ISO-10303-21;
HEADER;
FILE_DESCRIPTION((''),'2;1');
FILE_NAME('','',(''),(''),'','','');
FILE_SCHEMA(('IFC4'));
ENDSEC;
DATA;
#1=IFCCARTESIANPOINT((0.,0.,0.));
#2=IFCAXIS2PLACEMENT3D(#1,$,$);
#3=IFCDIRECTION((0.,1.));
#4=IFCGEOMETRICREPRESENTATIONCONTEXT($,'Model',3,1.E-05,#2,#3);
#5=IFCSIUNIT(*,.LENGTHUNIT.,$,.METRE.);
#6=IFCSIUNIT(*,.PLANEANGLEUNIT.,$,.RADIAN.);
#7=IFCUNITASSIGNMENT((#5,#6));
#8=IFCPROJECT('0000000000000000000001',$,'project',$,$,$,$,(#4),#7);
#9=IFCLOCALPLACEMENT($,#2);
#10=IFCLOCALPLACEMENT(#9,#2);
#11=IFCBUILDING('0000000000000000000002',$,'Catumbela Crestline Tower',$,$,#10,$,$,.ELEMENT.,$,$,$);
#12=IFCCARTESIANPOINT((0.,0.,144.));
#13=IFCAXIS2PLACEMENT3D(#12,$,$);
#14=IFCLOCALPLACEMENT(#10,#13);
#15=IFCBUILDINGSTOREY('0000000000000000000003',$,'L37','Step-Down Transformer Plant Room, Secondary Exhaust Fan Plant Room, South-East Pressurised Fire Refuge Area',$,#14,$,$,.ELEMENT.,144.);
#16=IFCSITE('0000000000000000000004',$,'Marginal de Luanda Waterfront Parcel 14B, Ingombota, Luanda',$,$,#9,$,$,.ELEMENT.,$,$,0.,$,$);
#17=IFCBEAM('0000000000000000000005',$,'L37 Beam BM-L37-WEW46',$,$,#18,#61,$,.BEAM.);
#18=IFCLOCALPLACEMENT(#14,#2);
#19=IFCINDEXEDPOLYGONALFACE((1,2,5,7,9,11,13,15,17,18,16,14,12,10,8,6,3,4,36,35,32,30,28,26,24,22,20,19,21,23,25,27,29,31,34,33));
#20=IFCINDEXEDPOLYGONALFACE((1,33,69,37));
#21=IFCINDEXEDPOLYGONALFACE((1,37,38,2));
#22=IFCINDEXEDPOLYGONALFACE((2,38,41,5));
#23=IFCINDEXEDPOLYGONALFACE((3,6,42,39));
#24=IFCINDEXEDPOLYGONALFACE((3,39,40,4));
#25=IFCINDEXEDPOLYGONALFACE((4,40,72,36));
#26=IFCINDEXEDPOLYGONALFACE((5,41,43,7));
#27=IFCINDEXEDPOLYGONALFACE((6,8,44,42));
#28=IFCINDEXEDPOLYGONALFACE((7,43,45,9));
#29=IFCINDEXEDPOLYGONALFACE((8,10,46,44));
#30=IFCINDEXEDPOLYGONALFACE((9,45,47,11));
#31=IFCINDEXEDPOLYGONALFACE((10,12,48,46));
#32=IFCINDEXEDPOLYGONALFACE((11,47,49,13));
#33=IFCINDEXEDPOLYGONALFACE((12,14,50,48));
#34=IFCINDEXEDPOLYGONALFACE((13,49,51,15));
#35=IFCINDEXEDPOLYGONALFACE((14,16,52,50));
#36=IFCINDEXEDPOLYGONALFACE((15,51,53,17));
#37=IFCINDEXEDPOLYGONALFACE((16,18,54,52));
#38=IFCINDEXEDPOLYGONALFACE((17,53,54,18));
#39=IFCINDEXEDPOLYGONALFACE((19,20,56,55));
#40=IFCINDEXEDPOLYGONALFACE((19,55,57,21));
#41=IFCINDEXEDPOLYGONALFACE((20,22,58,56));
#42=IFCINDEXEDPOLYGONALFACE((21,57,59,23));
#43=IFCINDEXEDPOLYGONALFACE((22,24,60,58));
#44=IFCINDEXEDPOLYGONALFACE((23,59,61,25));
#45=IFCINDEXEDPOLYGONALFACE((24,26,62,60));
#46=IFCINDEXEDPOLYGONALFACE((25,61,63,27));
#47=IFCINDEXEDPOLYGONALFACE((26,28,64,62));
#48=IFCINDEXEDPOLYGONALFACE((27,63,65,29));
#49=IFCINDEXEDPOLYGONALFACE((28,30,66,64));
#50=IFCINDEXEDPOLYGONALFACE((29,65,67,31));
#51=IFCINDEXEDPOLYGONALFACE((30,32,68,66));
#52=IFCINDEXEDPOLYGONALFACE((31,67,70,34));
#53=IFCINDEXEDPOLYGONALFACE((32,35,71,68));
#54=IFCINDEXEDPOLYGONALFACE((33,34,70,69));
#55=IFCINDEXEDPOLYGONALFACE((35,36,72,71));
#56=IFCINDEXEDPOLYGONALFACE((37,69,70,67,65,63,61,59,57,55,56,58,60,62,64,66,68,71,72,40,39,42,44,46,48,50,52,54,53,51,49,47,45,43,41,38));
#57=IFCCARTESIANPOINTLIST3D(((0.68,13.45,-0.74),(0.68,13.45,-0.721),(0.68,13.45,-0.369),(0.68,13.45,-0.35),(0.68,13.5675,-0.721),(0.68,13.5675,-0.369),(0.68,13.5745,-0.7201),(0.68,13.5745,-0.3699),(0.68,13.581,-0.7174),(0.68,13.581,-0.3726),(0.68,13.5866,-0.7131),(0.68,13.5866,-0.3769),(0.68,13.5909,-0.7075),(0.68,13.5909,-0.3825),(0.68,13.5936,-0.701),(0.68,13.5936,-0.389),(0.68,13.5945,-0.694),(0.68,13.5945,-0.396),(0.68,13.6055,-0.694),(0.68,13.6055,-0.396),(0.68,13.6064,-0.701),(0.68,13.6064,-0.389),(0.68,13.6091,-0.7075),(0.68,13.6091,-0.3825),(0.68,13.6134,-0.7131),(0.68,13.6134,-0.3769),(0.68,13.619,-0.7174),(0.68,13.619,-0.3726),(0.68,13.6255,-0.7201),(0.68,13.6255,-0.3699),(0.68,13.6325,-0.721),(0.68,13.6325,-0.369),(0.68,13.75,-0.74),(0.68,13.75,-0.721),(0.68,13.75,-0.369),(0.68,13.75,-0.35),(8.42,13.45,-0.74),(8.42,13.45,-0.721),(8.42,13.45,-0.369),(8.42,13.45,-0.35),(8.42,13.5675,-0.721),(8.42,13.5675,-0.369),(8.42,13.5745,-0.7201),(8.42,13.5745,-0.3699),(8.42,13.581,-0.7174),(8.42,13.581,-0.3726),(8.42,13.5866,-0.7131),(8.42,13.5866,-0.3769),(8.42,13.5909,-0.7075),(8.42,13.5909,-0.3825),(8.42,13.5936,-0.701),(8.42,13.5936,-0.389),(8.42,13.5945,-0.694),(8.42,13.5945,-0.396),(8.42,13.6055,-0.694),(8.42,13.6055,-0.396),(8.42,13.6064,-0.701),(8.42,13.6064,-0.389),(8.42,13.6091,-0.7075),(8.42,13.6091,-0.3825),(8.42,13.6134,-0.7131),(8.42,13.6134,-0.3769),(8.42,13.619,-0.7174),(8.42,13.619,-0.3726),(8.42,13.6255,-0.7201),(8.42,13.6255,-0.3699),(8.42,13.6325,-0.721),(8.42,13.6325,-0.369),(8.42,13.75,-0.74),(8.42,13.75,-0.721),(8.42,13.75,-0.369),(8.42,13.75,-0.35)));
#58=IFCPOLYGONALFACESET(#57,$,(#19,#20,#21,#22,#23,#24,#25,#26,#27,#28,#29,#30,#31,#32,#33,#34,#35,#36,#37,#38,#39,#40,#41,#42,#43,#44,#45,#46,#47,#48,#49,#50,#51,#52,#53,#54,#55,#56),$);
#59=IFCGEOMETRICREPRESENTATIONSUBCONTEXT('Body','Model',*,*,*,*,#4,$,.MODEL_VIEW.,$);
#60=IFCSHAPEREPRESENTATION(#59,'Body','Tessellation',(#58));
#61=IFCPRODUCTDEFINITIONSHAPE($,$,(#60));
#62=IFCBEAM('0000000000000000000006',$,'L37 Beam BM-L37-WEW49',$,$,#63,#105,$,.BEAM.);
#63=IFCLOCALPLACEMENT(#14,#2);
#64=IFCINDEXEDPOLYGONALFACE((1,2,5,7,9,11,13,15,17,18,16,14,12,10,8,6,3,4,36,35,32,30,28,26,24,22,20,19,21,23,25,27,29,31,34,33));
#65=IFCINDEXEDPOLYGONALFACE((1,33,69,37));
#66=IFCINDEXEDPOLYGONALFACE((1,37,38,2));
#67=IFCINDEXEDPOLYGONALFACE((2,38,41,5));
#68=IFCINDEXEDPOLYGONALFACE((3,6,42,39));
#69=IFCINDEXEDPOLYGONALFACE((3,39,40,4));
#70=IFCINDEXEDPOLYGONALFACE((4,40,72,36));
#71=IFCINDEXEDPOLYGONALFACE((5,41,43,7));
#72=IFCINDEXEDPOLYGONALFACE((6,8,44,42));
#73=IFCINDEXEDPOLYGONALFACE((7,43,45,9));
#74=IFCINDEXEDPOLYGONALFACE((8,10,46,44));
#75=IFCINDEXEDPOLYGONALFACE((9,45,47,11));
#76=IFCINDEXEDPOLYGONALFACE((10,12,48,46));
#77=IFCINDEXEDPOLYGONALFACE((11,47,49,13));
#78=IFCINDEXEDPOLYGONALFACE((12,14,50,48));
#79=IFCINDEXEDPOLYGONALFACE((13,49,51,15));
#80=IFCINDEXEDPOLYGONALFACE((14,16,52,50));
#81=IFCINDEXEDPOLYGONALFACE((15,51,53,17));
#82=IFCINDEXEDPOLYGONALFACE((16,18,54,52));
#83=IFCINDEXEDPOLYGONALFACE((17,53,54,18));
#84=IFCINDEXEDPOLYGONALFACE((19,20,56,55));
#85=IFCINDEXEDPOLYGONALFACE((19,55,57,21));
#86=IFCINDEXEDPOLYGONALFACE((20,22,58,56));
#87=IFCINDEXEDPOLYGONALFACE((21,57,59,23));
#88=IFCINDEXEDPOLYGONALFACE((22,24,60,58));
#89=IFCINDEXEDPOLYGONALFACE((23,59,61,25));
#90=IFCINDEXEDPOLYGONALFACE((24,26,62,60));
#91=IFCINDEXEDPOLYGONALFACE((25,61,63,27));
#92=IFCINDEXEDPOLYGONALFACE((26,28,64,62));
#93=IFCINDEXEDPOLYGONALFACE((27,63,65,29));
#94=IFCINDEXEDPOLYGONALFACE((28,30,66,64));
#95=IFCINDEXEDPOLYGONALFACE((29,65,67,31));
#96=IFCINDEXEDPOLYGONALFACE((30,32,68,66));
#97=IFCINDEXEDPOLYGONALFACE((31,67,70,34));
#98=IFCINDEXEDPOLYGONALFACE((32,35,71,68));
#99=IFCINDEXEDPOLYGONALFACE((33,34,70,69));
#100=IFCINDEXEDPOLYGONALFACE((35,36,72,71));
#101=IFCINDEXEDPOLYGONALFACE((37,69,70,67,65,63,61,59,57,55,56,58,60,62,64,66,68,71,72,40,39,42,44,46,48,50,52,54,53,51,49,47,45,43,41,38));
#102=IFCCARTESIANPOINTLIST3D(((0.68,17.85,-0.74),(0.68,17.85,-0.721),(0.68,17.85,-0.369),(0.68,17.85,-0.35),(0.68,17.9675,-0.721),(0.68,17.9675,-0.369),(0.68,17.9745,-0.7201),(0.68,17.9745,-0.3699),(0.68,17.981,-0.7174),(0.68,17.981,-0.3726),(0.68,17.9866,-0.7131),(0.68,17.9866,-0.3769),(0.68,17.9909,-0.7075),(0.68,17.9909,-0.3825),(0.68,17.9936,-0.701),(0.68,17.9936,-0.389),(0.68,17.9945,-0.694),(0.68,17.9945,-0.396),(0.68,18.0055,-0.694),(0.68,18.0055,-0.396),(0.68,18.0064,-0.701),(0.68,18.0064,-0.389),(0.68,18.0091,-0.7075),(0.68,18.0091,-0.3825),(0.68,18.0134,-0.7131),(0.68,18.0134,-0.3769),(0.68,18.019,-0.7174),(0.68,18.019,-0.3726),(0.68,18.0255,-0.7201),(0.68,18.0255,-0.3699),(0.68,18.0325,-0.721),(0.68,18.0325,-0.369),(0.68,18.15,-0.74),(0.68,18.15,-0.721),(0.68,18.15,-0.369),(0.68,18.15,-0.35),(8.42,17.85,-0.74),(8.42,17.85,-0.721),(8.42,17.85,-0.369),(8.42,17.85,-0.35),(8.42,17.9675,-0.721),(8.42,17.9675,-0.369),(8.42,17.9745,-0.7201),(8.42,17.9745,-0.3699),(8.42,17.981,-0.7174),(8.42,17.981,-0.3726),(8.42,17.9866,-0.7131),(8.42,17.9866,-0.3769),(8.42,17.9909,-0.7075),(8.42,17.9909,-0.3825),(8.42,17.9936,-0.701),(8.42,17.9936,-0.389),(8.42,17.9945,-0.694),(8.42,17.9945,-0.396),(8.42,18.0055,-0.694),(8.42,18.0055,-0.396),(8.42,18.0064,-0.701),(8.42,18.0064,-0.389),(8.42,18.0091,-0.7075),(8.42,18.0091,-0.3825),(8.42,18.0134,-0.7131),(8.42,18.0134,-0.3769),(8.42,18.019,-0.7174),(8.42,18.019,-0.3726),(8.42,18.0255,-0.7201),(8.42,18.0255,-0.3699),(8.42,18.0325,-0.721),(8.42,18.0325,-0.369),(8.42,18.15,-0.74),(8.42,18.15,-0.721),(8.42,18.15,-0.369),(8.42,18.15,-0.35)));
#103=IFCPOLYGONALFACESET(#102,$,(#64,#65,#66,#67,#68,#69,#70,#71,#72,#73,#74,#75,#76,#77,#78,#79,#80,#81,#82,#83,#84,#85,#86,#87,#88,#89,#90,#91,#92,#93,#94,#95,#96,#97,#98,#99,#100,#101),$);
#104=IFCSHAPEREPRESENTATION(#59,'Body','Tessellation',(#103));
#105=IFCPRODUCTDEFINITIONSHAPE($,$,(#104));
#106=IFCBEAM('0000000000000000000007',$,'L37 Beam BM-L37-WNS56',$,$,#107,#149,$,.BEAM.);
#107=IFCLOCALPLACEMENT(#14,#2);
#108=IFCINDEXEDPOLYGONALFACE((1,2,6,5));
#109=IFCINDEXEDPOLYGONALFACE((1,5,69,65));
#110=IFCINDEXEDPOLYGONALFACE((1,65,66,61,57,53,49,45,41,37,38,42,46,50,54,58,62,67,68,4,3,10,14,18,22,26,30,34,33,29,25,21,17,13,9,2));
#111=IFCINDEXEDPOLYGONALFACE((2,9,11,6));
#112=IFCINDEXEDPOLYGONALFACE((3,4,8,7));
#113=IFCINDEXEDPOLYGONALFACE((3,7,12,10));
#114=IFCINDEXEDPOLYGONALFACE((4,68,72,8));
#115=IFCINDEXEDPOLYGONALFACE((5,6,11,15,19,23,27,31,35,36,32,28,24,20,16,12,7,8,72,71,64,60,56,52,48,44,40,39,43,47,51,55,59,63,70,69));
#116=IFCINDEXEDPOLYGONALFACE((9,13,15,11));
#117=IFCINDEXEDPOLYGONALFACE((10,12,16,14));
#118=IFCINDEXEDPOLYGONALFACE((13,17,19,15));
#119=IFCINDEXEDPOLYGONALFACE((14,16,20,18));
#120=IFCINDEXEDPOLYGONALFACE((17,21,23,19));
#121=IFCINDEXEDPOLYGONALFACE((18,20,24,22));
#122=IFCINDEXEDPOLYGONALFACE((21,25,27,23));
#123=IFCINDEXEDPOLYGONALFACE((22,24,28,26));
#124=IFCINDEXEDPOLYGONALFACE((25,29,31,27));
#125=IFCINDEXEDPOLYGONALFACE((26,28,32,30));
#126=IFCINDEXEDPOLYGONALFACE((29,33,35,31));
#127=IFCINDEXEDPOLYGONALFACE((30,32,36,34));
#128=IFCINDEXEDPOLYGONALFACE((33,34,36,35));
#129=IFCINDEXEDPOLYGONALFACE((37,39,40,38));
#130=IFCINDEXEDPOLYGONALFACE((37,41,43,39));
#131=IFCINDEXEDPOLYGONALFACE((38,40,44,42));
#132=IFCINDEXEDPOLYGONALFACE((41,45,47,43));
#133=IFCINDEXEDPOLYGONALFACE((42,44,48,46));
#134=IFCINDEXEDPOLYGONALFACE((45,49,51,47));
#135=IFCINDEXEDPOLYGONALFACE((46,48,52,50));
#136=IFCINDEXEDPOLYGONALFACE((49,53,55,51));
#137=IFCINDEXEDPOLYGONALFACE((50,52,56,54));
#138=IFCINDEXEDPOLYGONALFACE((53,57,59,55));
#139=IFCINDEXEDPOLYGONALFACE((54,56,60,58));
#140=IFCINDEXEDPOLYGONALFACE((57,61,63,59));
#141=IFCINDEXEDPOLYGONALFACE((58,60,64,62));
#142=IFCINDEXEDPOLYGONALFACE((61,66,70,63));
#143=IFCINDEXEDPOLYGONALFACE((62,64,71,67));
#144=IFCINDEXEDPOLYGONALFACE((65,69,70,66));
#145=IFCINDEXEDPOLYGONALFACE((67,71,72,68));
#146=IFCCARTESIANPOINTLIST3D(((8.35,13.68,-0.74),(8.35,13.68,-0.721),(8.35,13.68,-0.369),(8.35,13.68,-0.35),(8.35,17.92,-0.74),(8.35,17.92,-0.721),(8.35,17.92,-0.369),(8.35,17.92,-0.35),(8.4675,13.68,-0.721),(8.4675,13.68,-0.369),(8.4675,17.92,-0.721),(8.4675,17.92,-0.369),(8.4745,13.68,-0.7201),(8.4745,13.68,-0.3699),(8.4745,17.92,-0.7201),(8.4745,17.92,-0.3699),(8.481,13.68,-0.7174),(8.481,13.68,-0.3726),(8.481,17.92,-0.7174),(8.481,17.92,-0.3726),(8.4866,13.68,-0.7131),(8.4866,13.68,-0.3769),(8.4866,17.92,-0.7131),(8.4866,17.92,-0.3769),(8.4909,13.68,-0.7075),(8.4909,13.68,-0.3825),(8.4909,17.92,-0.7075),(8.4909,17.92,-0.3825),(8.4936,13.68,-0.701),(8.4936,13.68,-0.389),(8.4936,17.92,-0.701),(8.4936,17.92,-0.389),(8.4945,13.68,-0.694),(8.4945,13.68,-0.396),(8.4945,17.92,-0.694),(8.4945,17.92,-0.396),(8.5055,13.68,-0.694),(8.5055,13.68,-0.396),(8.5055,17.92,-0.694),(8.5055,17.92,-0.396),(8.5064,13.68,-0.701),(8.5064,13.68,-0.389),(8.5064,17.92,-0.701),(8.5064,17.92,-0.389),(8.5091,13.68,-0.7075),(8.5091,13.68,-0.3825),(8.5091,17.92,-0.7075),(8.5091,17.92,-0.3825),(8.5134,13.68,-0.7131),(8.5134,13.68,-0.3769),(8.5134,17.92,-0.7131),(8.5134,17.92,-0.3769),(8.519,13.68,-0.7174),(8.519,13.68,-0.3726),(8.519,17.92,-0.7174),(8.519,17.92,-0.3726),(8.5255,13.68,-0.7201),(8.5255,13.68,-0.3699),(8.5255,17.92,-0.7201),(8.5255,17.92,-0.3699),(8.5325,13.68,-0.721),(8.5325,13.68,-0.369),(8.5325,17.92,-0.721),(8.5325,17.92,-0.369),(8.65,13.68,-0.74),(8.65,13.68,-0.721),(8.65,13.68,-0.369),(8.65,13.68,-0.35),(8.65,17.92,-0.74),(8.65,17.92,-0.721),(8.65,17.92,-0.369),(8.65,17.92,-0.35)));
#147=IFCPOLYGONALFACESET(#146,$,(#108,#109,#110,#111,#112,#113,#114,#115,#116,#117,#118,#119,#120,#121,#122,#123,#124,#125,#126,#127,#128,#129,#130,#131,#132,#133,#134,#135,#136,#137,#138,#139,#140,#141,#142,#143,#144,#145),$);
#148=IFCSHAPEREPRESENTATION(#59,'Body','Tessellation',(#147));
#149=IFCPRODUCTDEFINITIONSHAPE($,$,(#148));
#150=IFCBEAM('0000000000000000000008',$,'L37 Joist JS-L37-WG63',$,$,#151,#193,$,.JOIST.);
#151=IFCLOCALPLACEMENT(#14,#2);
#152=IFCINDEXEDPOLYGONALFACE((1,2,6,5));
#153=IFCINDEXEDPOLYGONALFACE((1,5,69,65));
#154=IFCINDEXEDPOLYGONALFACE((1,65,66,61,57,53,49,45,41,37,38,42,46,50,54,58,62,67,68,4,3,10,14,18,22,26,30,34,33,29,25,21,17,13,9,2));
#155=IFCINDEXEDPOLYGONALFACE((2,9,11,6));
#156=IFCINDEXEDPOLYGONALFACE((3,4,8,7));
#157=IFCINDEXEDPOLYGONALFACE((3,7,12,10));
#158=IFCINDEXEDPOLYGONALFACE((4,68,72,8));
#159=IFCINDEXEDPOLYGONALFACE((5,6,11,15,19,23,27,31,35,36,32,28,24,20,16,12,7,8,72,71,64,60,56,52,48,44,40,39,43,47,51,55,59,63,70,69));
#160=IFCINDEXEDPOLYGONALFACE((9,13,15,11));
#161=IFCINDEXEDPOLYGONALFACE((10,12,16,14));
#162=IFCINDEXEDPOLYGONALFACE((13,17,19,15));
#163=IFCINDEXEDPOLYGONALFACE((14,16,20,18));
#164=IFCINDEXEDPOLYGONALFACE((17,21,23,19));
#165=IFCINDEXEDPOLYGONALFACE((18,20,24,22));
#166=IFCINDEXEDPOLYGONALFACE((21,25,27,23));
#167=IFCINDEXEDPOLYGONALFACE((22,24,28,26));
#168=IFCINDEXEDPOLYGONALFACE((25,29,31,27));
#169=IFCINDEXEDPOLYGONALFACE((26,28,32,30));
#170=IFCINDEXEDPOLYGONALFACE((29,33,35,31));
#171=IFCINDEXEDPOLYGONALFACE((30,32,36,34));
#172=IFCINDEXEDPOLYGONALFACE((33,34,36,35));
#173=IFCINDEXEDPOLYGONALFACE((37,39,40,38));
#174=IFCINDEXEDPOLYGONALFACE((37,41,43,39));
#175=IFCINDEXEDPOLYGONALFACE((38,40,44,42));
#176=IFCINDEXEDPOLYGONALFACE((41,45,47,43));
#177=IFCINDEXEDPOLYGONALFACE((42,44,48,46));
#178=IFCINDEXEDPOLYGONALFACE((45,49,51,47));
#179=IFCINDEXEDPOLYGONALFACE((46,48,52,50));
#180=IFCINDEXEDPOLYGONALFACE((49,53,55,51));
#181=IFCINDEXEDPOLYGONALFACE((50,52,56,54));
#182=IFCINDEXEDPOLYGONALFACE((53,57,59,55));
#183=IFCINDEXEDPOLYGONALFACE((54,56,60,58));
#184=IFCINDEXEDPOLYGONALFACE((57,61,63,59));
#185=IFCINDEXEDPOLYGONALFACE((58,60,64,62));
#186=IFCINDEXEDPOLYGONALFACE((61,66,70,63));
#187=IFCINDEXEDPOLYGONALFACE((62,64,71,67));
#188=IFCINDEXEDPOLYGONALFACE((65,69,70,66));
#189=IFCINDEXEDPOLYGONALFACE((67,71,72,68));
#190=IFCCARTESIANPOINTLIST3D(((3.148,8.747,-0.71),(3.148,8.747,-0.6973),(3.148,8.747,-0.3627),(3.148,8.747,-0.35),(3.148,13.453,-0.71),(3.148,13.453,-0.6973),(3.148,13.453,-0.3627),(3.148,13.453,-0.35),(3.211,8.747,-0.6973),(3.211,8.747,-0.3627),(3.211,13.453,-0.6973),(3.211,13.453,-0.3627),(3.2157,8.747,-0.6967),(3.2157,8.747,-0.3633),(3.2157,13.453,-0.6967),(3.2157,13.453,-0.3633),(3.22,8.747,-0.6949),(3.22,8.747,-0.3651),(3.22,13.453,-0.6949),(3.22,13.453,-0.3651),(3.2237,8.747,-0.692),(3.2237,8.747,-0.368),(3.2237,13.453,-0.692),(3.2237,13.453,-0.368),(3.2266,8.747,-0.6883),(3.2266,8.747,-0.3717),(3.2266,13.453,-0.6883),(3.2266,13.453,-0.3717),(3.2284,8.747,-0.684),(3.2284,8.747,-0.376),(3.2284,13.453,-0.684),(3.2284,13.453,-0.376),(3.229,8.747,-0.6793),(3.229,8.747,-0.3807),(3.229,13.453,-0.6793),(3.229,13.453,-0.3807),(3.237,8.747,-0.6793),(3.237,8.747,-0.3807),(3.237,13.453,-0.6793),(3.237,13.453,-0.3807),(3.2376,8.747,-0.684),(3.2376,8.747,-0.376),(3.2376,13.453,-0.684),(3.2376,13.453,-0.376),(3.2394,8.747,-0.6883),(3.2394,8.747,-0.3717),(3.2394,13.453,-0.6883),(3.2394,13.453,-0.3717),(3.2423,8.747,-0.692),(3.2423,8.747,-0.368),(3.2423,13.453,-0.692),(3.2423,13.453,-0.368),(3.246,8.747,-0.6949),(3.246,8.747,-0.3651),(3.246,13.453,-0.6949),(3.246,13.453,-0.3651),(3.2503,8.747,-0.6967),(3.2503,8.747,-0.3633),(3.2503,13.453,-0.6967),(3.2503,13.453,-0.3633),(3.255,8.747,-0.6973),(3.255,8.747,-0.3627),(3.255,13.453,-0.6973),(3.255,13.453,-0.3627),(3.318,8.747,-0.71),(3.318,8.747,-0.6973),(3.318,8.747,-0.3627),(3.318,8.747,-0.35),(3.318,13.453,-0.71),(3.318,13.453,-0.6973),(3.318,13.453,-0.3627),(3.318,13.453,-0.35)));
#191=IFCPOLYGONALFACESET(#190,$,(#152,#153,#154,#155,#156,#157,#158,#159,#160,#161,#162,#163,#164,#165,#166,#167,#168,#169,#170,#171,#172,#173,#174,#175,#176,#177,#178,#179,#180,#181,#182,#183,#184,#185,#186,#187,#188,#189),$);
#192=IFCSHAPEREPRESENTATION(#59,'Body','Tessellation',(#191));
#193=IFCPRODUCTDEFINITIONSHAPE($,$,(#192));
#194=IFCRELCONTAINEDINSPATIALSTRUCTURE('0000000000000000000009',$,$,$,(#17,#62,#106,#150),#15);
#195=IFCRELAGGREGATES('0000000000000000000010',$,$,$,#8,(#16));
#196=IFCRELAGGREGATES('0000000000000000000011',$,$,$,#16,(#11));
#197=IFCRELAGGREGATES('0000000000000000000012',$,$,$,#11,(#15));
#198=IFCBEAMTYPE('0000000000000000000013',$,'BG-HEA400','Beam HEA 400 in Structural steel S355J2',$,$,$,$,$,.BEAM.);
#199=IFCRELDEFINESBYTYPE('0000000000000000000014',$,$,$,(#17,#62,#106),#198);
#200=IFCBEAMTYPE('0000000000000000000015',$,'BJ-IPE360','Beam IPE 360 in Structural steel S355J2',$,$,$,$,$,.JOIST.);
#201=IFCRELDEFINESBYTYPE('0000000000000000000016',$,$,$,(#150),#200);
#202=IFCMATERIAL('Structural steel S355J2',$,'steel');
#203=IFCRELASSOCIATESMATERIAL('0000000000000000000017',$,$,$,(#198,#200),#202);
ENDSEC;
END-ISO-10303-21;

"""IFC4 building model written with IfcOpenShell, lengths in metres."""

from ifc_helpers import new_model, si_unit, direction, frame, origin, origin_2d, place, context, subcontext, project, spatial, i_section, extrude, material, material_profile, profile_set, type_object, element, save


model = new_model("IFC4")

# Units and contexts
model_context = context("Model", 3, precision=1e-05, world=origin(), true_north=direction((0.0, 1.0)))
body_context = subcontext(model_context, "Body", "Model", "MODEL_VIEW")
ifc_project = project(units=[si_unit("LENGTHUNIT", "METRE"), si_unit("PLANEANGLEUNIT", "RADIAN")], contexts=[model_context])

# Site, building, storey
site_placement = place(None, origin())
site = spatial("IfcSite", under=ifc_project, at=site_placement, Name="Marginal de Luanda Waterfront Parcel 14B, Ingombota, Luanda", CompositionType="ELEMENT", RefElevation=0.0)
building_placement = place(site_placement, origin())
building = spatial("IfcBuilding", under=site, at=building_placement, Name="Catumbela Crestline Tower", CompositionType="ELEMENT")
storey_placement = place(building_placement, frame((0.0, 0.0, 144.0)))
storey = spatial("IfcBuildingStorey", under=building, at=storey_placement, Name="L37", Description="Step-Down Transformer Plant Room, Secondary Exhaust Fan Plant Room, South-East Pressurised Fire Refuge Area", CompositionType="ELEMENT", Elevation=144.0)

# Beams
ifc_material_1 = material(Name="Structural steel S355J2", Category="steel")
ifc_material_profile_1 = material_profile(ifc_material_1, i_section(OverallWidth=0.3, OverallDepth=0.39, WebThickness=0.011, FlangeThickness=0.019, FilletRadius=0.027, at=origin_2d()), Name="HEA 400")
ifc_profile_set_1 = profile_set([ifc_material_profile_1], Name="Structural steel S355J2")
beam_type_1 = type_object("IfcBeamType", Name="BG-HEA400", Description="Beam HEA 400 in Structural steel S355J2", PredefinedType="BEAM", material=ifc_profile_set_1)
for number, where, z_axis, x_axis, name in (
    (1, (0.68, 13.6, -0.545), (1.0, 0.0, 0.0), (0.0, 1.0, 0.0), "L37 Beam BM-L37-WEW46"),
    (2, (0.68, 18.0, -0.545), (1.0, 0.0, 0.0), (0.0, 1.0, 0.0), "L37 Beam BM-L37-WEW49"),
):
    element("IfcBeam", number, at=place(storey_placement, frame(where, z_axis=z_axis, x_axis=x_axis)), inside=storey, type_object=beam_type_1, Name=name, PredefinedType="BEAM", context=body_context, shape_type="SweptSolid", body=[
        extrude(i_section(OverallWidth=0.3, OverallDepth=0.39, WebThickness=0.011, FlangeThickness=0.019, FilletRadius=0.027, at=origin_2d()), origin(), (0.0, 0.0, 1.0), 7.74),
    ])
beam_1_placement = place(storey_placement, frame((8.5, 13.68, -0.545), z_axis=(0.0, 1.0, 0.0), x_axis=(-1.0, 0.0, 0.0)))
element("IfcBeam", 3, at=beam_1_placement, inside=storey, type_object=beam_type_1, Name="L37 Beam BM-L37-WNS56", PredefinedType="BEAM", context=body_context, shape_type="SweptSolid", body=[
    extrude(i_section(OverallWidth=0.3, OverallDepth=0.39, WebThickness=0.011, FlangeThickness=0.019, FilletRadius=0.027, at=origin_2d()), origin(), (0.0, 0.0, 1.0), 4.24),
])
ifc_material_profile_2 = material_profile(ifc_material_1, i_section(OverallWidth=0.17, OverallDepth=0.36, WebThickness=0.008, FlangeThickness=0.0127, FilletRadius=0.018, at=origin_2d()), Name="IPE 360")
ifc_profile_set_2 = profile_set([ifc_material_profile_2], Name="Structural steel S355J2")
beam_type_2 = type_object("IfcBeamType", Name="BJ-IPE360", Description="Beam IPE 360 in Structural steel S355J2", PredefinedType="JOIST", material=ifc_profile_set_2)
for number, where, z_axis, x_axis, name in (
    (4, (3.233, 8.747, -0.53), (0.0, 1.0, 0.0), (-1.0, 0.0, 0.0), "L37 Joist JS-L37-WG63"),
):
    element("IfcBeam", number, at=place(storey_placement, frame(where, z_axis=z_axis, x_axis=x_axis)), inside=storey, type_object=beam_type_2, Name=name, PredefinedType="JOIST", context=body_context, shape_type="SweptSolid", body=[
        extrude(i_section(OverallWidth=0.17, OverallDepth=0.36, WebThickness=0.008, FlangeThickness=0.0127, FilletRadius=0.018, at=origin_2d()), origin(), (0.0, 0.0, 1.0), 4.706),
    ])

save(model, "model.ifc")
